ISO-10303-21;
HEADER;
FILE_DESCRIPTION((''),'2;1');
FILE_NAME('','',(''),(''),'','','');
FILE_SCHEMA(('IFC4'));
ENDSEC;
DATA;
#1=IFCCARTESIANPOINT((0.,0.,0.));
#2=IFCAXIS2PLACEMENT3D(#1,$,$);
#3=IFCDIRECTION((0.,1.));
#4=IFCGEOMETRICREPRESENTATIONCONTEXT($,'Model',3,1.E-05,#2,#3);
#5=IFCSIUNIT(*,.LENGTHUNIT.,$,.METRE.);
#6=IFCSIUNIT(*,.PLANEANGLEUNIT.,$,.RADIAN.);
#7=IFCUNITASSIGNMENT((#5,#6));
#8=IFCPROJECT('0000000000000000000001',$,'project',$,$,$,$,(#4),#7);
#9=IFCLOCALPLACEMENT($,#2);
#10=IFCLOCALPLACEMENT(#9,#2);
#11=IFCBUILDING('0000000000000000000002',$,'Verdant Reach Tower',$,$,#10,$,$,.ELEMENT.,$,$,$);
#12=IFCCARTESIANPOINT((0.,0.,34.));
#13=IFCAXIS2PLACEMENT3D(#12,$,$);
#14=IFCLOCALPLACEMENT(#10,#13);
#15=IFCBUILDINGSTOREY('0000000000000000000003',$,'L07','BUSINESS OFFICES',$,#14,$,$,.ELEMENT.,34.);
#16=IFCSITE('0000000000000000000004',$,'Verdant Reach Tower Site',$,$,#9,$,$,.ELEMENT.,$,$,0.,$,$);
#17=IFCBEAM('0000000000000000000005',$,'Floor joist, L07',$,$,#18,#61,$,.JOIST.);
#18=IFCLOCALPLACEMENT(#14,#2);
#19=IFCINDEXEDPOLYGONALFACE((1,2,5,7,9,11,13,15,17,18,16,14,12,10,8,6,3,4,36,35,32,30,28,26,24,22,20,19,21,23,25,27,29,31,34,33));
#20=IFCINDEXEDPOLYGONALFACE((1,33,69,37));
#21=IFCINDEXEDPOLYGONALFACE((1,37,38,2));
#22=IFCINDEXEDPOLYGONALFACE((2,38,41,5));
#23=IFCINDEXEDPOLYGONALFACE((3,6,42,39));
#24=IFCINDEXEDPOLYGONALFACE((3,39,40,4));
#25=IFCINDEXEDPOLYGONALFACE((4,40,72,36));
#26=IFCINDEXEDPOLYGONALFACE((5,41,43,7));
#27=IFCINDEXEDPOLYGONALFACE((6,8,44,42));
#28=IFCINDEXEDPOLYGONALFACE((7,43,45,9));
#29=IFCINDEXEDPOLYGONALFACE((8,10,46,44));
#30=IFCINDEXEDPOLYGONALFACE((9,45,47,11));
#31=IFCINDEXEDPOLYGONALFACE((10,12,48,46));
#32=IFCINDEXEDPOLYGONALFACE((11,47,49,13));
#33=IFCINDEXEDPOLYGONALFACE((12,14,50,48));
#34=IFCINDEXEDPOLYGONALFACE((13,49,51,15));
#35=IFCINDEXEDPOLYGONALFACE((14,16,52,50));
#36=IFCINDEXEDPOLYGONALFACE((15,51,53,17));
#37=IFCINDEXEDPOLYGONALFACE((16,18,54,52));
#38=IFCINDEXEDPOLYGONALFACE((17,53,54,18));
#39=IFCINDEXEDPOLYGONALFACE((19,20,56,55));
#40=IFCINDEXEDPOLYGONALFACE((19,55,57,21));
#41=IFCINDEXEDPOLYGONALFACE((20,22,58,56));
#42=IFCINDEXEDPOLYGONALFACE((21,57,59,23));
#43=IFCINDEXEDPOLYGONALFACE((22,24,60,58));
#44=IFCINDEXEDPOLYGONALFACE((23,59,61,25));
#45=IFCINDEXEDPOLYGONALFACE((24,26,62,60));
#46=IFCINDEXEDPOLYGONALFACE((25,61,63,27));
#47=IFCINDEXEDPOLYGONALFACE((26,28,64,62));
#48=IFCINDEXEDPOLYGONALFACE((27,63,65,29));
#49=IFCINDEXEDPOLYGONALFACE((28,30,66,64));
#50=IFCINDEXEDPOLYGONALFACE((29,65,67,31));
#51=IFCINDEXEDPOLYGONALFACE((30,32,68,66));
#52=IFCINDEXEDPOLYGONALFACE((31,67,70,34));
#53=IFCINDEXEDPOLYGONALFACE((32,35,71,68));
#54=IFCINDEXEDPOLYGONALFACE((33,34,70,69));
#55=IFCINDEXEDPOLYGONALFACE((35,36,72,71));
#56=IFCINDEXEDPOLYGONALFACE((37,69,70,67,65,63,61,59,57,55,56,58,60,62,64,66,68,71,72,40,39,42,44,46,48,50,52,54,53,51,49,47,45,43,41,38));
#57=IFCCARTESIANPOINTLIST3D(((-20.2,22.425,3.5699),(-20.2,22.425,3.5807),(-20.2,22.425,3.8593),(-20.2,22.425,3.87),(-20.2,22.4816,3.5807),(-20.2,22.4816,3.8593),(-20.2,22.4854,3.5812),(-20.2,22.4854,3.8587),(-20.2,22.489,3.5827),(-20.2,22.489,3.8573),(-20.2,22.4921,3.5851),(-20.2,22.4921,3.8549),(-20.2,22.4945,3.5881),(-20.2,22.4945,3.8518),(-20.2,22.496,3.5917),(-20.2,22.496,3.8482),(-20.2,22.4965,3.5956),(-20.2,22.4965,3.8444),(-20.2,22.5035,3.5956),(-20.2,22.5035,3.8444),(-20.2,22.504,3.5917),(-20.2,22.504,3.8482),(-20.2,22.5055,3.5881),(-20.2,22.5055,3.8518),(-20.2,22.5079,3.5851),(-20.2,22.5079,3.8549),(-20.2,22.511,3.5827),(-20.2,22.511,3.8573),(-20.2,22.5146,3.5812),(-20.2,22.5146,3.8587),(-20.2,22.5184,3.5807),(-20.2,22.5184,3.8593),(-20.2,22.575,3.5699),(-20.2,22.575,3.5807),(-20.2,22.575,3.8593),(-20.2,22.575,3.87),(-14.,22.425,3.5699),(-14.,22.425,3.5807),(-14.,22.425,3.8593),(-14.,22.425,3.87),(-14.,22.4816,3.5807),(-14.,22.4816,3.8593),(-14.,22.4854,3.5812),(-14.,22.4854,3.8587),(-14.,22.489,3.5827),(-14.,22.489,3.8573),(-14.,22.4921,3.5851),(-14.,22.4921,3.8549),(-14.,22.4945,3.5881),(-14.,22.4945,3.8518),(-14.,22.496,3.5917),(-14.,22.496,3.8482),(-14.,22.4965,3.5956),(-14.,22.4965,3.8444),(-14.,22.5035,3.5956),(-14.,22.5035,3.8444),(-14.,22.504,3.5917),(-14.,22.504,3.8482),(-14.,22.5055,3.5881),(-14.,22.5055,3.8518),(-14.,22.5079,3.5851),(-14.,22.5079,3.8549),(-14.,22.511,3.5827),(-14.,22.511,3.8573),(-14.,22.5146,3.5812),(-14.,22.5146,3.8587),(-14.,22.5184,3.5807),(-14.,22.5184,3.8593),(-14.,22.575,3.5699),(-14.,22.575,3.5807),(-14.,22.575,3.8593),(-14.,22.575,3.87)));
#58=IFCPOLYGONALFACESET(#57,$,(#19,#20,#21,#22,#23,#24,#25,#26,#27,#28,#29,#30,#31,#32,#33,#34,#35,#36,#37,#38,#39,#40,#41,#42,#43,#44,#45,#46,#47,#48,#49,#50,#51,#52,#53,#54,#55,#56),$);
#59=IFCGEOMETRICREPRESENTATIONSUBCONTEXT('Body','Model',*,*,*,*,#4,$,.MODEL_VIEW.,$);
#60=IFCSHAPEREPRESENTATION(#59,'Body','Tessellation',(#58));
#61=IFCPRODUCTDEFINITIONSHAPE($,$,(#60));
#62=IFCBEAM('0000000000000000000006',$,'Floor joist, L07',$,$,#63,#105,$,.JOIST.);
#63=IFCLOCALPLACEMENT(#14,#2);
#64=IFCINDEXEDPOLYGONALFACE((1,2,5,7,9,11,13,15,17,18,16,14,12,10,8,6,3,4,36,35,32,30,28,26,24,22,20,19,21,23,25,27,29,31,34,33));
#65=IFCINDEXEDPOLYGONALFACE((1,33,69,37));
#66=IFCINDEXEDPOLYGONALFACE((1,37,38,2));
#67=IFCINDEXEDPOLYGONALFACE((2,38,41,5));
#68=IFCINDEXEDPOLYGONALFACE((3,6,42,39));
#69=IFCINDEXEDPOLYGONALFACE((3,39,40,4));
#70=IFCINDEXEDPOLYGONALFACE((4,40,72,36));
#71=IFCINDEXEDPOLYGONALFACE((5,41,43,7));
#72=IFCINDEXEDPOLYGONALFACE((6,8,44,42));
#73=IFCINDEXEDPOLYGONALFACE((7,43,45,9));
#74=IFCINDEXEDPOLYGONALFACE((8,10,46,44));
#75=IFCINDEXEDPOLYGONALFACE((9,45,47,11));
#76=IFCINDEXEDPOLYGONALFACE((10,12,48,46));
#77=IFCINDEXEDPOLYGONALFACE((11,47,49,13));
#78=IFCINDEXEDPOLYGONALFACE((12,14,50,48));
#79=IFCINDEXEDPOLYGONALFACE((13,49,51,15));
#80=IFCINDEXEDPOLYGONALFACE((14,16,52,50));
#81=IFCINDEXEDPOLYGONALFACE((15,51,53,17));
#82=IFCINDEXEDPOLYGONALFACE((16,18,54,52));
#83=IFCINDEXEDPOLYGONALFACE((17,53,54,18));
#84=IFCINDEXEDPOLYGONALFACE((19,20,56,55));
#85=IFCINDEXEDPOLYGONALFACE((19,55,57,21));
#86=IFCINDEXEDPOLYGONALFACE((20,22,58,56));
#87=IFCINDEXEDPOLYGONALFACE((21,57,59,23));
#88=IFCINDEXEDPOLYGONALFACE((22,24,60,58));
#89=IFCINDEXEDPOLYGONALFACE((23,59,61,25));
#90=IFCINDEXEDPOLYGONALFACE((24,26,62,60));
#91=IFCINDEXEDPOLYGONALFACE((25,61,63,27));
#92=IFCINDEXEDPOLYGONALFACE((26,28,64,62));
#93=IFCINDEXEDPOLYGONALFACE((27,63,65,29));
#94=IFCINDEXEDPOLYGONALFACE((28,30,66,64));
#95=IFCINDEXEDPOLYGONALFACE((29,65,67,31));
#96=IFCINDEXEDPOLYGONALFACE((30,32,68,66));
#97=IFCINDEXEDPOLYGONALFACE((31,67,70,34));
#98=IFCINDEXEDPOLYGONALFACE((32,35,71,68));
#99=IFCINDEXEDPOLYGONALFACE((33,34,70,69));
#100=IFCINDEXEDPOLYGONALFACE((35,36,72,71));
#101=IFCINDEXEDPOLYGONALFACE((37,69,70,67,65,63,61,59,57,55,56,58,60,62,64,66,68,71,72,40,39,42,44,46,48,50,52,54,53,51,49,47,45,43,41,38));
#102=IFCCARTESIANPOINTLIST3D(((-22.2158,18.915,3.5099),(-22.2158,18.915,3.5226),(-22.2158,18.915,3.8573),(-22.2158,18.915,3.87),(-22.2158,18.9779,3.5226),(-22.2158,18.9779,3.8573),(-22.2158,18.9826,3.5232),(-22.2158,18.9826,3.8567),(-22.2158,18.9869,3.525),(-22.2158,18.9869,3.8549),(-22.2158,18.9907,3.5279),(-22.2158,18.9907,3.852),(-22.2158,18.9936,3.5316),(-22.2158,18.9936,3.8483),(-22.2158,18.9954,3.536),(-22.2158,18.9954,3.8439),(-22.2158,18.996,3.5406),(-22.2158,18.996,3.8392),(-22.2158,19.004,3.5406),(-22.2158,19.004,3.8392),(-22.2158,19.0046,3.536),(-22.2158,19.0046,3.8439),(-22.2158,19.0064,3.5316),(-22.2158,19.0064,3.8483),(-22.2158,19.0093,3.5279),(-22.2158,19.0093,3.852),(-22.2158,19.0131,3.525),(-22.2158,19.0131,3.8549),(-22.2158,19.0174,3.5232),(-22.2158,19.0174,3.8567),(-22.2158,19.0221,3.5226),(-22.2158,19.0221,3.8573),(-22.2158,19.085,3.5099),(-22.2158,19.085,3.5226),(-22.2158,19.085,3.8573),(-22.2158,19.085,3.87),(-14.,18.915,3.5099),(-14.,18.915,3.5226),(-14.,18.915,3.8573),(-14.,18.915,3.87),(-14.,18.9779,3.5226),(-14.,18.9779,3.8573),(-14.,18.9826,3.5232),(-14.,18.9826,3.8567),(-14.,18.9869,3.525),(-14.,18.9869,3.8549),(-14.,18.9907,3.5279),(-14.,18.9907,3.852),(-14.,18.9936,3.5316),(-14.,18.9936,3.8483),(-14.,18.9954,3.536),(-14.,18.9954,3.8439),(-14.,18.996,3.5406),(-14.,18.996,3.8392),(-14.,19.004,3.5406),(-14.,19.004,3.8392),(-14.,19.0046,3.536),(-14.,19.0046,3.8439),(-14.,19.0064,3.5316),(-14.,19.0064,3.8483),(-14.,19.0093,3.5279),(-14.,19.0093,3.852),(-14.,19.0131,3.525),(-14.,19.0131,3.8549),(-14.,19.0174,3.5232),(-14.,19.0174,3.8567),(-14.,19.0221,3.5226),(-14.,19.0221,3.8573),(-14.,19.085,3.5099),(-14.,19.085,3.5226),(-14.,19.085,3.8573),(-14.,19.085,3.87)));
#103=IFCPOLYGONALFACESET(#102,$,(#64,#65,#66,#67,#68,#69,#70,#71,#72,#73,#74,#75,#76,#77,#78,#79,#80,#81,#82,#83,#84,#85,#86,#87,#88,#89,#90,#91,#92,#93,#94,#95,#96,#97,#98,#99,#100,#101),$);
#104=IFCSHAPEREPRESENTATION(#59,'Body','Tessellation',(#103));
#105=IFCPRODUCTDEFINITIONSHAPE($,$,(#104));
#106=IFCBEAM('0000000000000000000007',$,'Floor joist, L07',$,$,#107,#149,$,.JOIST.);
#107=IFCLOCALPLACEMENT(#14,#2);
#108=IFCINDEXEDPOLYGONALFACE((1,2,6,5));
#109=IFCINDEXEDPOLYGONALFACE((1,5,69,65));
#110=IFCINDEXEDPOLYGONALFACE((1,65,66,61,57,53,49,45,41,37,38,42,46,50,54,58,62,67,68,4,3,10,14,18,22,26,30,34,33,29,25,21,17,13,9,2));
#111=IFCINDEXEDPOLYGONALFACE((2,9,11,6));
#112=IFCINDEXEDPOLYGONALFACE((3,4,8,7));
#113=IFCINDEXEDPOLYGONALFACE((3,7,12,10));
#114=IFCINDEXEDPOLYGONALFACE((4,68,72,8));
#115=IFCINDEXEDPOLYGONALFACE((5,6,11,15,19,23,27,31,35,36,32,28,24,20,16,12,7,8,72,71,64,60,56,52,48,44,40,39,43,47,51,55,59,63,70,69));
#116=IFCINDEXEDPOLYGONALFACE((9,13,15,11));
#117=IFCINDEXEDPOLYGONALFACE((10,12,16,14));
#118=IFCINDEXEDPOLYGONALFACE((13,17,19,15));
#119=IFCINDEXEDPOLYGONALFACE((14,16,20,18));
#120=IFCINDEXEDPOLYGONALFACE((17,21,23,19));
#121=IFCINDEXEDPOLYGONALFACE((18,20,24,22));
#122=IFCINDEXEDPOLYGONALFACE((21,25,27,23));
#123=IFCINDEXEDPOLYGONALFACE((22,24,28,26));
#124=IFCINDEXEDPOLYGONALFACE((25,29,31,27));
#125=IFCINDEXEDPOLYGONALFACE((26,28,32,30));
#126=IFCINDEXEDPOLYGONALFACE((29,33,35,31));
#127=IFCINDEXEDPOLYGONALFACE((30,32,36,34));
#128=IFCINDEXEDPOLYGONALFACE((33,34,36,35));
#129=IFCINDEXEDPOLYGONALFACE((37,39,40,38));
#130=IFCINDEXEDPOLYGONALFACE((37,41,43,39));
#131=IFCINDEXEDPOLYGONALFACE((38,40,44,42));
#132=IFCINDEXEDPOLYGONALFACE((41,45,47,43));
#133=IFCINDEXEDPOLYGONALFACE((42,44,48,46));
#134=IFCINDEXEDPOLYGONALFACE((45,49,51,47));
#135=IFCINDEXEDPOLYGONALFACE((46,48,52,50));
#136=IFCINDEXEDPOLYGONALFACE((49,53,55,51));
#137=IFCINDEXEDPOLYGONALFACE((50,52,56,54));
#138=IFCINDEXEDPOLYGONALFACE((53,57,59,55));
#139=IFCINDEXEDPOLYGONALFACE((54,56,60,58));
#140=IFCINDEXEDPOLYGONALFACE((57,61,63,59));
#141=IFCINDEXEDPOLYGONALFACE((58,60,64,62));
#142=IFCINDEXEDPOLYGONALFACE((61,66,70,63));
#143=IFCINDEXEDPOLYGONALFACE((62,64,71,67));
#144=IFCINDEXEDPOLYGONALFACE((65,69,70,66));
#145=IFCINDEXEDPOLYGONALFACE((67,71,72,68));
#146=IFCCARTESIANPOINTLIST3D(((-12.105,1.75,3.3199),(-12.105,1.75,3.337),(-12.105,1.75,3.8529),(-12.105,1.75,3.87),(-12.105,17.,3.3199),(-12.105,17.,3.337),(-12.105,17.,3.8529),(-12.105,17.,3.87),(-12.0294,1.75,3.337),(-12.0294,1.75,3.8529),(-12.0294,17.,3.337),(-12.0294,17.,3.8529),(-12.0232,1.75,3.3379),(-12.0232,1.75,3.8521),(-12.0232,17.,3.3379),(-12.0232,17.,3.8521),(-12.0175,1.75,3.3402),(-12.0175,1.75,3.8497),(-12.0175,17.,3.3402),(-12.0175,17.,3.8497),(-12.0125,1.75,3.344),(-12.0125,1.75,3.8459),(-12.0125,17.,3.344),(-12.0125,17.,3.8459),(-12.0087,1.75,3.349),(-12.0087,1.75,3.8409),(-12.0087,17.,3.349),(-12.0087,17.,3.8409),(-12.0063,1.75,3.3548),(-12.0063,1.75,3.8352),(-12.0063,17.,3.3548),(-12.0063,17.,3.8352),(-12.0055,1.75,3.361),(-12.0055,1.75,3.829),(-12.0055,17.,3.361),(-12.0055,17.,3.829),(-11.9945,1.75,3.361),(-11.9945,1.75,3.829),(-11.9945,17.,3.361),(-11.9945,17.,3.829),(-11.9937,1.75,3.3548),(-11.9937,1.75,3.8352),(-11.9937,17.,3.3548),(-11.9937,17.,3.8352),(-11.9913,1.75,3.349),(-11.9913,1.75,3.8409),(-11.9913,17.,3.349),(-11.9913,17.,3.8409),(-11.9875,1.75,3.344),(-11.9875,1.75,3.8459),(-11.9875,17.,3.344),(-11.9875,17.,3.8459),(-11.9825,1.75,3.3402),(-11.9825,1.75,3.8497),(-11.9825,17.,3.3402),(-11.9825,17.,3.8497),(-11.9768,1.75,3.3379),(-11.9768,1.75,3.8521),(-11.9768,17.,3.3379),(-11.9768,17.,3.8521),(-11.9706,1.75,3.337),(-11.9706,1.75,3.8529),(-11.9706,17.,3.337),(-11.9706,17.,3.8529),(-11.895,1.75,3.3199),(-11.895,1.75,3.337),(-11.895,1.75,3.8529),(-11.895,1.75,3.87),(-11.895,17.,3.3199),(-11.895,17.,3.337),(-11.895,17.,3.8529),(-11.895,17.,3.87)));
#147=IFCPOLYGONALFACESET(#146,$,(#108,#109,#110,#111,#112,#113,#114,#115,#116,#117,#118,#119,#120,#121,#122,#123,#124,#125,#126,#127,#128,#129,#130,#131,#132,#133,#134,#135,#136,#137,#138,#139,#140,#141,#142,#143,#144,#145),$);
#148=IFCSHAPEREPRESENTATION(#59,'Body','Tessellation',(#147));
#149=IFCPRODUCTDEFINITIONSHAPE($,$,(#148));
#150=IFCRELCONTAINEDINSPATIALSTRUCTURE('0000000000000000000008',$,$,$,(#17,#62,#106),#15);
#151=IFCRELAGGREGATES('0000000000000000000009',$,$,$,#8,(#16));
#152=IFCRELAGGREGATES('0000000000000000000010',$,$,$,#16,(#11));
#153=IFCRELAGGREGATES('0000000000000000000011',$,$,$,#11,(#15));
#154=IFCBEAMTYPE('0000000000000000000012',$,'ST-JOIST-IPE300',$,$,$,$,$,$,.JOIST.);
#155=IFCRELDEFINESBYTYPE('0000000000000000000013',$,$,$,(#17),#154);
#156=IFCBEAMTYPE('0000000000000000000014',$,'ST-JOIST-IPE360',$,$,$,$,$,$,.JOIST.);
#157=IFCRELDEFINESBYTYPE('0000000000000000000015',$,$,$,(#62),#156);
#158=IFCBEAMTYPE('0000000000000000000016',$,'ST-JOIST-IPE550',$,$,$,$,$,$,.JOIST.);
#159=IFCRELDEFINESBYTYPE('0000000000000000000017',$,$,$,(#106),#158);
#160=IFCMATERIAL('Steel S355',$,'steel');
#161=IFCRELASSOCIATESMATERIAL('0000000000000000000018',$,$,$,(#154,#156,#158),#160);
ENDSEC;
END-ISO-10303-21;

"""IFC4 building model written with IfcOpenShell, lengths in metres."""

from ifc_helpers import new_model, si_unit, direction, frame, origin, origin_2d, place, context, subcontext, project, spatial, i_section, extrude, material, material_profile, profile_set, type_object, element, save


model = new_model("IFC4")

# Units and contexts
model_context = context("Model", 3, precision=1e-05, world=origin(), true_north=direction((0.0, 1.0)))
body_context = subcontext(model_context, "Body", "Model", "MODEL_VIEW")
ifc_project = project(units=[si_unit("LENGTHUNIT", "METRE"), si_unit("PLANEANGLEUNIT", "RADIAN")], contexts=[model_context])

# Site, building, storey
site_placement = place(None, origin())
site = spatial("IfcSite", under=ifc_project, at=site_placement, Name="Verdant Reach Tower Site", CompositionType="ELEMENT", RefElevation=0.0)
building_placement = place(site_placement, origin())
building = spatial("IfcBuilding", under=site, at=building_placement, Name="Verdant Reach Tower", CompositionType="ELEMENT")
storey_placement = place(building_placement, frame((0.0, 0.0, 34.0)))
storey = spatial("IfcBuildingStorey", under=building, at=storey_placement, Name="L07", Description="BUSINESS OFFICES", CompositionType="ELEMENT", Elevation=34.0)

# Beams
ifc_material_1 = material(Name="Steel S355", Category="steel")
ifc_material_profile_1 = material_profile(ifc_material_1, i_section(OverallWidth=0.1499, OverallDepth=0.3, WebThickness=0.0071, FlangeThickness=0.0107, FilletRadius=0.0149, at=origin_2d()), Name="IPE 300")
ifc_profile_set_1 = profile_set([ifc_material_profile_1], Name="Steel S355")
beam_type_1 = type_object("IfcBeamType", Name="ST-JOIST-IPE300", PredefinedType="JOIST", material=ifc_profile_set_1)
beam_1_placement = place(storey_placement, frame((-14.0, 22.5, 3.72), z_axis=(-1.0, 0.0, 0.0), x_axis=(0.0, -1.0, 0.0)))
element("IfcBeam", 1, at=beam_1_placement, inside=storey, type_object=beam_type_1, Name="Floor joist, L07", PredefinedType="JOIST", context=body_context, shape_type="SweptSolid", body=[
    extrude(i_section(OverallWidth=0.1499, OverallDepth=0.3, WebThickness=0.0071, FlangeThickness=0.0107, FilletRadius=0.0149, at=origin_2d()), origin(), (0.0, 0.0, 1.0), 6.2),
])
ifc_material_profile_2 = material_profile(ifc_material_1, i_section(OverallWidth=0.1699, OverallDepth=0.3601, WebThickness=0.0081, FlangeThickness=0.0127, FilletRadius=0.0181, at=origin_2d()), Name="IPE 360")
ifc_profile_set_2 = profile_set([ifc_material_profile_2], Name="Steel S355")
beam_type_2 = type_object("IfcBeamType", Name="ST-JOIST-IPE360", PredefinedType="JOIST", material=ifc_profile_set_2)
beam_2_placement = place(storey_placement, frame((-14.0, 19.0, 3.6899), z_axis=(-1.0, 0.0, 0.0), x_axis=(0.0, -1.0, 0.0)))
element("IfcBeam", 2, at=beam_2_placement, inside=storey, type_object=beam_type_2, Name="Floor joist, L07", PredefinedType="JOIST", context=body_context, shape_type="SweptSolid", body=[
    extrude(i_section(OverallWidth=0.1699, OverallDepth=0.3601, WebThickness=0.0081, FlangeThickness=0.0127, FilletRadius=0.0181, at=origin_2d()), origin(), (0.0, 0.0, 1.0), 8.2158),
])
ifc_material_profile_3 = material_profile(ifc_material_1, i_section(OverallWidth=0.21, OverallDepth=0.55, WebThickness=0.011, FlangeThickness=0.0171, FilletRadius=0.0239, at=origin_2d()), Name="IPE 550")
ifc_profile_set_3 = profile_set([ifc_material_profile_3], Name="Steel S355")
beam_type_3 = type_object("IfcBeamType", Name="ST-JOIST-IPE550", PredefinedType="JOIST", material=ifc_profile_set_3)
beam_3_placement = place(storey_placement, frame((-12.0, 17.0, 3.595), z_axis=(0.0, -1.0, 0.0), x_axis=(1.0, 0.0, 0.0)))
element("IfcBeam", 3, at=beam_3_placement, inside=storey, type_object=beam_type_3, Name="Floor joist, L07", PredefinedType="JOIST", context=body_context, shape_type="SweptSolid", body=[
    extrude(i_section(OverallWidth=0.21, OverallDepth=0.55, WebThickness=0.011, FlangeThickness=0.0171, FilletRadius=0.0239, at=origin_2d()), origin(), (0.0, 0.0, 1.0), 15.25),
])

save(model, "model.ifc")
